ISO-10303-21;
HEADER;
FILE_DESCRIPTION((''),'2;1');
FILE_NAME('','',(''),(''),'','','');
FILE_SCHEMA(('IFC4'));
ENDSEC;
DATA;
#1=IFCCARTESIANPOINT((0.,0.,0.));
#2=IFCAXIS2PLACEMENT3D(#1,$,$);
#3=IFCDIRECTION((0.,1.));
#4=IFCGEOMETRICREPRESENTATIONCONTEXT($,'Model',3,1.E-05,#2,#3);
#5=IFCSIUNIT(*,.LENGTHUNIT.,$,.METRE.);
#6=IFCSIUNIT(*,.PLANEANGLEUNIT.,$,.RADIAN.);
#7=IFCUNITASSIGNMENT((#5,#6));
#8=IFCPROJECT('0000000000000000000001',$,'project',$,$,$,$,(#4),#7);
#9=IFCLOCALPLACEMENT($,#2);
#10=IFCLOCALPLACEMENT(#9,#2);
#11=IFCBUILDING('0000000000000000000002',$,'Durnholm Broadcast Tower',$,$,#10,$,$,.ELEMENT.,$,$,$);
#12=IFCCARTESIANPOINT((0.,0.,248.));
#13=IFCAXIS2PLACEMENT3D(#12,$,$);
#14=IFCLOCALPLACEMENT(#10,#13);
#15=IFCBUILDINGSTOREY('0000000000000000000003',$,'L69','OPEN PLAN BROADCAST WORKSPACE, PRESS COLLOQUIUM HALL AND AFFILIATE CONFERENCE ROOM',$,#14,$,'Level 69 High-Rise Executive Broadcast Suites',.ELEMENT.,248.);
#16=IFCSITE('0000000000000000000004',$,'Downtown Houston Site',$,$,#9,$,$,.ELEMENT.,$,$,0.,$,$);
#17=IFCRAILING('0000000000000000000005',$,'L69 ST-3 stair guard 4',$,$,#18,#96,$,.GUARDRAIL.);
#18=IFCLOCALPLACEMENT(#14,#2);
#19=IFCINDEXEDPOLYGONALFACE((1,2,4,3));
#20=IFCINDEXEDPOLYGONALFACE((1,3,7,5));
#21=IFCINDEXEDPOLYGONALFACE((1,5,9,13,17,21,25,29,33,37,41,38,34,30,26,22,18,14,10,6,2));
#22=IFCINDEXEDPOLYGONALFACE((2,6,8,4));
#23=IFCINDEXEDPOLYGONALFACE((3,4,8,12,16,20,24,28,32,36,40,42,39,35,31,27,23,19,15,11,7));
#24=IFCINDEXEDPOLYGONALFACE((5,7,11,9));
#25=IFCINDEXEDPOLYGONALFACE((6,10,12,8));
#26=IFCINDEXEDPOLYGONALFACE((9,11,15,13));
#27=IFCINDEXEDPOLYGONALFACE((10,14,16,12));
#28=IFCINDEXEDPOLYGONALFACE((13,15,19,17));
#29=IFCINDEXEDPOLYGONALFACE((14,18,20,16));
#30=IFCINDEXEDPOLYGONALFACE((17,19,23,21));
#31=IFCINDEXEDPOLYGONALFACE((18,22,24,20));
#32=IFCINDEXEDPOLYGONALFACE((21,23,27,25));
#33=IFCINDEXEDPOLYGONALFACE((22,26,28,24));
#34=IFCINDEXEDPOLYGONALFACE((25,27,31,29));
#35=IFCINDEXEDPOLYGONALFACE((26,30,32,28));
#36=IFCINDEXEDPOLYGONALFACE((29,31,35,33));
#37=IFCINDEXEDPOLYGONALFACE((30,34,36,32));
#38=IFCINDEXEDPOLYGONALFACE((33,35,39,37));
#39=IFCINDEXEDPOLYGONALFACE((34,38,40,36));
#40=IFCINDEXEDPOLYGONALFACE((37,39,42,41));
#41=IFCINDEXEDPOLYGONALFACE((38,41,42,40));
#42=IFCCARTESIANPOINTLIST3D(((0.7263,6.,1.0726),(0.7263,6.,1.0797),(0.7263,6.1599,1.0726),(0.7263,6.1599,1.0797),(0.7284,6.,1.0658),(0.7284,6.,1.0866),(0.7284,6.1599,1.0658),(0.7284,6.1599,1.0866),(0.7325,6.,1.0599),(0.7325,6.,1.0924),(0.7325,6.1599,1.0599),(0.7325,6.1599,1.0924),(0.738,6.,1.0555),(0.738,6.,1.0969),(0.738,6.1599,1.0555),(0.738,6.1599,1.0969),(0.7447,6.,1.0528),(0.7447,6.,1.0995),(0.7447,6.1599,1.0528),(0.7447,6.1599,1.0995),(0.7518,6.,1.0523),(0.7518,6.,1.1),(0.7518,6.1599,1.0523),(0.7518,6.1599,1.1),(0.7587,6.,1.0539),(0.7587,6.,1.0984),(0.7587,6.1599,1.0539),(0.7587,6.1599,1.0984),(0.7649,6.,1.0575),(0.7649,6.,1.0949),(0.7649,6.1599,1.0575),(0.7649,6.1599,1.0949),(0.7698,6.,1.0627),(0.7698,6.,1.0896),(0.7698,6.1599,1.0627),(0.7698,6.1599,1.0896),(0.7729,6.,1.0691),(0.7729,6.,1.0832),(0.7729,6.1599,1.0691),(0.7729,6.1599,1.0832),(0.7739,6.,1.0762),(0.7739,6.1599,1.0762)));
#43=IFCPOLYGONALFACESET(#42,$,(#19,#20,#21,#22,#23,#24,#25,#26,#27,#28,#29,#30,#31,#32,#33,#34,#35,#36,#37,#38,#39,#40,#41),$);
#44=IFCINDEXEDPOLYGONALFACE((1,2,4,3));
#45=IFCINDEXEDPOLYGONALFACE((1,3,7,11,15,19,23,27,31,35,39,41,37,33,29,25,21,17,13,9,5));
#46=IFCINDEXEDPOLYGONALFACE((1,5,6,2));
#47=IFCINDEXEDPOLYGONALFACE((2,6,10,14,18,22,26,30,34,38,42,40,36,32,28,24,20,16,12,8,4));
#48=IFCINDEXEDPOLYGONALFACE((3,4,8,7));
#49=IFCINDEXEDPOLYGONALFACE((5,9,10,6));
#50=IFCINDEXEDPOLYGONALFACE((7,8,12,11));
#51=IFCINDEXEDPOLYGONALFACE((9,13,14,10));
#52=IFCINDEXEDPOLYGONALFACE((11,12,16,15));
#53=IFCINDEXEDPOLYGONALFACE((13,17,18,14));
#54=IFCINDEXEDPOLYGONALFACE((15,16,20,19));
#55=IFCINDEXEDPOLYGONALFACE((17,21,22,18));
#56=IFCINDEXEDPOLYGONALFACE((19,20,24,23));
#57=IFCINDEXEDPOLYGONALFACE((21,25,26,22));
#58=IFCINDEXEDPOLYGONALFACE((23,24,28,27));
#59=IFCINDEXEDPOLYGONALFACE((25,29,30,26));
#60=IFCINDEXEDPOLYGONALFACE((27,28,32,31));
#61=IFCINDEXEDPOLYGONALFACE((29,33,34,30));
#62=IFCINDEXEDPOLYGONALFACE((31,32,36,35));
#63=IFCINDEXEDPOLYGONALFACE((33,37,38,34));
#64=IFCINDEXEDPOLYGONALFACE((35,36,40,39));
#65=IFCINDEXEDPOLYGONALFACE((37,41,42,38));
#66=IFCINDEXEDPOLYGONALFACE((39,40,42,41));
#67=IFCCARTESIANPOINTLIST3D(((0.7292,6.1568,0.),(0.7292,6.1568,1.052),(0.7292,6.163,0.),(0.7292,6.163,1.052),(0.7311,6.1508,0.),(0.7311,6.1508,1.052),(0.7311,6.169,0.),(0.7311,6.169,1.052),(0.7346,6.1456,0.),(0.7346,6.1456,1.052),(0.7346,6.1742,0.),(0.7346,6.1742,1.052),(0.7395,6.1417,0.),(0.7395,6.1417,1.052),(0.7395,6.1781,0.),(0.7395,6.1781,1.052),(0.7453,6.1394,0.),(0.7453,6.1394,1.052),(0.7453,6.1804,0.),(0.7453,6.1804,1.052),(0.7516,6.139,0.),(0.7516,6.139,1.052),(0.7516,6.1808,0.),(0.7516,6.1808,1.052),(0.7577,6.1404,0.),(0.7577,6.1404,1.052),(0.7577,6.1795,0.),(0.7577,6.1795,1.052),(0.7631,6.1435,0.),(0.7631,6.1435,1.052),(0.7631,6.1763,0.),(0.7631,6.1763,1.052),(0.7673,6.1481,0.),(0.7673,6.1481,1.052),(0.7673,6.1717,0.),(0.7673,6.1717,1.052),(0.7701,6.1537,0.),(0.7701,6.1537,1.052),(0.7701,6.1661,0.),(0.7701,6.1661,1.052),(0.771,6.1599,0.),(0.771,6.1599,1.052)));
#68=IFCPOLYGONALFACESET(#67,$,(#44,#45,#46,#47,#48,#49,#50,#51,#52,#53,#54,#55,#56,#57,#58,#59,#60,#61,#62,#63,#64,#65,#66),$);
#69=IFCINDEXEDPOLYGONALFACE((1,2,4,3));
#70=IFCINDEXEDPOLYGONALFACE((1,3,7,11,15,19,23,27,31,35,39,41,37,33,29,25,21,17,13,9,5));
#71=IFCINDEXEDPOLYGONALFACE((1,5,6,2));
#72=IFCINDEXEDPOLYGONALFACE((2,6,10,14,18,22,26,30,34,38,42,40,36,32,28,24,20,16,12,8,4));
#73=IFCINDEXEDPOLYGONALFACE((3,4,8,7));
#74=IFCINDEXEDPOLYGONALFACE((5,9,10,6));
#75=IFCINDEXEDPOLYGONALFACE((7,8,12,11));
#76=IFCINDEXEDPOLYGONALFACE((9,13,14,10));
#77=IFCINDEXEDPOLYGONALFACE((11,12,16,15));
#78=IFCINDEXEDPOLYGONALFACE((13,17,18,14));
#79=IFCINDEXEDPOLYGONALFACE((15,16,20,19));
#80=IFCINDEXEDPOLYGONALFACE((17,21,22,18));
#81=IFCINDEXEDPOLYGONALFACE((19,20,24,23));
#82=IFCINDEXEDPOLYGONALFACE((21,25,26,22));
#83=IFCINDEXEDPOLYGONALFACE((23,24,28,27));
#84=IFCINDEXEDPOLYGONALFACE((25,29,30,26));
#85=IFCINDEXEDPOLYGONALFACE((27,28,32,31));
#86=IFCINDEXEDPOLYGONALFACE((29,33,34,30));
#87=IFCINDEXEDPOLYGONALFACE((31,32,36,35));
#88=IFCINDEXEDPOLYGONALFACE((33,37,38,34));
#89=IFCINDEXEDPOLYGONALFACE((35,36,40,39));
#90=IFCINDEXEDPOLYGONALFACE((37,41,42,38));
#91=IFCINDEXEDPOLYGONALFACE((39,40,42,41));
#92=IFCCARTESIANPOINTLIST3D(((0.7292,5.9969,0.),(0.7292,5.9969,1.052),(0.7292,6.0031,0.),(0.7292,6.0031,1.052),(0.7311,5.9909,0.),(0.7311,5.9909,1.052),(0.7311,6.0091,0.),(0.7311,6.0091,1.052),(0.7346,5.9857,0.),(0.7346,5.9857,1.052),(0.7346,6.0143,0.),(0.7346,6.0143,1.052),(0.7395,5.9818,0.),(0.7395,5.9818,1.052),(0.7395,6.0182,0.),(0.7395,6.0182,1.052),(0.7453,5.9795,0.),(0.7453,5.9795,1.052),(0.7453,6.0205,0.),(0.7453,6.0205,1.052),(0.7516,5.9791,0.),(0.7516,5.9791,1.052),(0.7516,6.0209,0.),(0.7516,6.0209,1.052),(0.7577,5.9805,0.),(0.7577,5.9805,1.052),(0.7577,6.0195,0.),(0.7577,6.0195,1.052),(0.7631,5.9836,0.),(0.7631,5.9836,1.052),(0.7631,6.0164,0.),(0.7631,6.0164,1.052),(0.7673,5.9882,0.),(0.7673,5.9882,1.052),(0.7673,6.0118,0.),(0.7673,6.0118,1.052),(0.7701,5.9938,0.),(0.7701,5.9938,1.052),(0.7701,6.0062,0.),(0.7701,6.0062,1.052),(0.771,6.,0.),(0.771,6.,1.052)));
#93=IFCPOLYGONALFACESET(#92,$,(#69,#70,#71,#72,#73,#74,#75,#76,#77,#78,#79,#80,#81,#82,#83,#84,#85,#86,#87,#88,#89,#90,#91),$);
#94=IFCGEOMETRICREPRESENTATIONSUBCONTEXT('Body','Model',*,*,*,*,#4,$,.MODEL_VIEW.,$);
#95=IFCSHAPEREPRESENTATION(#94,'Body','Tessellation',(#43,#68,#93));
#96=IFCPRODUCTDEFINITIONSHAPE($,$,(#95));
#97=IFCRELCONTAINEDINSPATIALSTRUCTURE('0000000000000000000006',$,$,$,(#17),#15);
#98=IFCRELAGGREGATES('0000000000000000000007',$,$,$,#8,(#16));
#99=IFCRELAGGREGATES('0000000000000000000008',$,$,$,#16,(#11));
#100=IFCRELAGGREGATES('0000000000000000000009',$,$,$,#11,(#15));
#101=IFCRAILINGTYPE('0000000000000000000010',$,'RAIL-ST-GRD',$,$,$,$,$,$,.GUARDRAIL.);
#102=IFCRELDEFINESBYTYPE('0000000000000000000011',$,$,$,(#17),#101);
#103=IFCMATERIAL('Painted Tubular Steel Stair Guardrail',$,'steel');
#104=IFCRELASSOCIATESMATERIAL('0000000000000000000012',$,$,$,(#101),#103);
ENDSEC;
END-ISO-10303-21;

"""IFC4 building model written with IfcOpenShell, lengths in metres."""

from ifc_helpers import new_model, si_unit, direction, frame, origin, origin_2d, place, context, subcontext, project, spatial, circle, extrude, material, type_object, element, save


model = new_model("IFC4")

# Units and contexts
model_context = context("Model", 3, precision=1e-05, world=origin(), true_north=direction((0.0, 1.0)))
body_context = subcontext(model_context, "Body", "Model", "MODEL_VIEW")
ifc_project = project(units=[si_unit("LENGTHUNIT", "METRE"), si_unit("PLANEANGLEUNIT", "RADIAN")], contexts=[model_context])

# Site, building, storey
site_placement = place(None, origin())
site = spatial("IfcSite", under=ifc_project, at=site_placement, Name="Downtown Houston Site", CompositionType="ELEMENT", RefElevation=0.0)
building_placement = place(site_placement, origin())
building = spatial("IfcBuilding", under=site, at=building_placement, Name="Durnholm Broadcast Tower", CompositionType="ELEMENT")
storey_placement = place(building_placement, frame((0.0, 0.0, 248.0)))
storey = spatial("IfcBuildingStorey", under=building, at=storey_placement, Name="L69", Description="OPEN PLAN BROADCAST WORKSPACE, PRESS COLLOQUIUM HALL AND AFFILIATE CONFERENCE ROOM", LongName="Level 69 High-Rise Executive Broadcast Suites", CompositionType="ELEMENT", Elevation=248.0)

# Railing
ifc_material_1 = material(Name="Painted Tubular Steel Stair Guardrail", Category="steel")
railing_type = type_object("IfcRailingType", Name="RAIL-ST-GRD", PredefinedType="GUARDRAIL", material=ifc_material_1)
railing_1_placement = place(storey_placement, frame((0.75, 6.1599, 0.0)))
element("IfcRailing", 1, at=railing_1_placement, inside=storey, type_object=railing_type, Name="L69 ST-3 stair guard 4", PredefinedType="GUARDRAIL", context=body_context, shape_type="SweptSolid", body=[
    extrude(circle(Radius=0.0239, at=origin_2d()), frame((0.0, 0.0, 1.0762), z_axis=(0.0, -1.0, 0.0), x_axis=(1.0, 0.0, 0.0)), (0.0, 0.0, 1.0), 0.1599),
    extrude(circle(Radius=0.021, at=origin_2d()), origin(), (0.0, 0.0, 1.0), 1.052),
    extrude(circle(Radius=0.021, at=origin_2d()), frame((0.0, -0.1599, 0.0)), (0.0, 0.0, 1.0), 1.052),
])

save(model, "model.ifc")
